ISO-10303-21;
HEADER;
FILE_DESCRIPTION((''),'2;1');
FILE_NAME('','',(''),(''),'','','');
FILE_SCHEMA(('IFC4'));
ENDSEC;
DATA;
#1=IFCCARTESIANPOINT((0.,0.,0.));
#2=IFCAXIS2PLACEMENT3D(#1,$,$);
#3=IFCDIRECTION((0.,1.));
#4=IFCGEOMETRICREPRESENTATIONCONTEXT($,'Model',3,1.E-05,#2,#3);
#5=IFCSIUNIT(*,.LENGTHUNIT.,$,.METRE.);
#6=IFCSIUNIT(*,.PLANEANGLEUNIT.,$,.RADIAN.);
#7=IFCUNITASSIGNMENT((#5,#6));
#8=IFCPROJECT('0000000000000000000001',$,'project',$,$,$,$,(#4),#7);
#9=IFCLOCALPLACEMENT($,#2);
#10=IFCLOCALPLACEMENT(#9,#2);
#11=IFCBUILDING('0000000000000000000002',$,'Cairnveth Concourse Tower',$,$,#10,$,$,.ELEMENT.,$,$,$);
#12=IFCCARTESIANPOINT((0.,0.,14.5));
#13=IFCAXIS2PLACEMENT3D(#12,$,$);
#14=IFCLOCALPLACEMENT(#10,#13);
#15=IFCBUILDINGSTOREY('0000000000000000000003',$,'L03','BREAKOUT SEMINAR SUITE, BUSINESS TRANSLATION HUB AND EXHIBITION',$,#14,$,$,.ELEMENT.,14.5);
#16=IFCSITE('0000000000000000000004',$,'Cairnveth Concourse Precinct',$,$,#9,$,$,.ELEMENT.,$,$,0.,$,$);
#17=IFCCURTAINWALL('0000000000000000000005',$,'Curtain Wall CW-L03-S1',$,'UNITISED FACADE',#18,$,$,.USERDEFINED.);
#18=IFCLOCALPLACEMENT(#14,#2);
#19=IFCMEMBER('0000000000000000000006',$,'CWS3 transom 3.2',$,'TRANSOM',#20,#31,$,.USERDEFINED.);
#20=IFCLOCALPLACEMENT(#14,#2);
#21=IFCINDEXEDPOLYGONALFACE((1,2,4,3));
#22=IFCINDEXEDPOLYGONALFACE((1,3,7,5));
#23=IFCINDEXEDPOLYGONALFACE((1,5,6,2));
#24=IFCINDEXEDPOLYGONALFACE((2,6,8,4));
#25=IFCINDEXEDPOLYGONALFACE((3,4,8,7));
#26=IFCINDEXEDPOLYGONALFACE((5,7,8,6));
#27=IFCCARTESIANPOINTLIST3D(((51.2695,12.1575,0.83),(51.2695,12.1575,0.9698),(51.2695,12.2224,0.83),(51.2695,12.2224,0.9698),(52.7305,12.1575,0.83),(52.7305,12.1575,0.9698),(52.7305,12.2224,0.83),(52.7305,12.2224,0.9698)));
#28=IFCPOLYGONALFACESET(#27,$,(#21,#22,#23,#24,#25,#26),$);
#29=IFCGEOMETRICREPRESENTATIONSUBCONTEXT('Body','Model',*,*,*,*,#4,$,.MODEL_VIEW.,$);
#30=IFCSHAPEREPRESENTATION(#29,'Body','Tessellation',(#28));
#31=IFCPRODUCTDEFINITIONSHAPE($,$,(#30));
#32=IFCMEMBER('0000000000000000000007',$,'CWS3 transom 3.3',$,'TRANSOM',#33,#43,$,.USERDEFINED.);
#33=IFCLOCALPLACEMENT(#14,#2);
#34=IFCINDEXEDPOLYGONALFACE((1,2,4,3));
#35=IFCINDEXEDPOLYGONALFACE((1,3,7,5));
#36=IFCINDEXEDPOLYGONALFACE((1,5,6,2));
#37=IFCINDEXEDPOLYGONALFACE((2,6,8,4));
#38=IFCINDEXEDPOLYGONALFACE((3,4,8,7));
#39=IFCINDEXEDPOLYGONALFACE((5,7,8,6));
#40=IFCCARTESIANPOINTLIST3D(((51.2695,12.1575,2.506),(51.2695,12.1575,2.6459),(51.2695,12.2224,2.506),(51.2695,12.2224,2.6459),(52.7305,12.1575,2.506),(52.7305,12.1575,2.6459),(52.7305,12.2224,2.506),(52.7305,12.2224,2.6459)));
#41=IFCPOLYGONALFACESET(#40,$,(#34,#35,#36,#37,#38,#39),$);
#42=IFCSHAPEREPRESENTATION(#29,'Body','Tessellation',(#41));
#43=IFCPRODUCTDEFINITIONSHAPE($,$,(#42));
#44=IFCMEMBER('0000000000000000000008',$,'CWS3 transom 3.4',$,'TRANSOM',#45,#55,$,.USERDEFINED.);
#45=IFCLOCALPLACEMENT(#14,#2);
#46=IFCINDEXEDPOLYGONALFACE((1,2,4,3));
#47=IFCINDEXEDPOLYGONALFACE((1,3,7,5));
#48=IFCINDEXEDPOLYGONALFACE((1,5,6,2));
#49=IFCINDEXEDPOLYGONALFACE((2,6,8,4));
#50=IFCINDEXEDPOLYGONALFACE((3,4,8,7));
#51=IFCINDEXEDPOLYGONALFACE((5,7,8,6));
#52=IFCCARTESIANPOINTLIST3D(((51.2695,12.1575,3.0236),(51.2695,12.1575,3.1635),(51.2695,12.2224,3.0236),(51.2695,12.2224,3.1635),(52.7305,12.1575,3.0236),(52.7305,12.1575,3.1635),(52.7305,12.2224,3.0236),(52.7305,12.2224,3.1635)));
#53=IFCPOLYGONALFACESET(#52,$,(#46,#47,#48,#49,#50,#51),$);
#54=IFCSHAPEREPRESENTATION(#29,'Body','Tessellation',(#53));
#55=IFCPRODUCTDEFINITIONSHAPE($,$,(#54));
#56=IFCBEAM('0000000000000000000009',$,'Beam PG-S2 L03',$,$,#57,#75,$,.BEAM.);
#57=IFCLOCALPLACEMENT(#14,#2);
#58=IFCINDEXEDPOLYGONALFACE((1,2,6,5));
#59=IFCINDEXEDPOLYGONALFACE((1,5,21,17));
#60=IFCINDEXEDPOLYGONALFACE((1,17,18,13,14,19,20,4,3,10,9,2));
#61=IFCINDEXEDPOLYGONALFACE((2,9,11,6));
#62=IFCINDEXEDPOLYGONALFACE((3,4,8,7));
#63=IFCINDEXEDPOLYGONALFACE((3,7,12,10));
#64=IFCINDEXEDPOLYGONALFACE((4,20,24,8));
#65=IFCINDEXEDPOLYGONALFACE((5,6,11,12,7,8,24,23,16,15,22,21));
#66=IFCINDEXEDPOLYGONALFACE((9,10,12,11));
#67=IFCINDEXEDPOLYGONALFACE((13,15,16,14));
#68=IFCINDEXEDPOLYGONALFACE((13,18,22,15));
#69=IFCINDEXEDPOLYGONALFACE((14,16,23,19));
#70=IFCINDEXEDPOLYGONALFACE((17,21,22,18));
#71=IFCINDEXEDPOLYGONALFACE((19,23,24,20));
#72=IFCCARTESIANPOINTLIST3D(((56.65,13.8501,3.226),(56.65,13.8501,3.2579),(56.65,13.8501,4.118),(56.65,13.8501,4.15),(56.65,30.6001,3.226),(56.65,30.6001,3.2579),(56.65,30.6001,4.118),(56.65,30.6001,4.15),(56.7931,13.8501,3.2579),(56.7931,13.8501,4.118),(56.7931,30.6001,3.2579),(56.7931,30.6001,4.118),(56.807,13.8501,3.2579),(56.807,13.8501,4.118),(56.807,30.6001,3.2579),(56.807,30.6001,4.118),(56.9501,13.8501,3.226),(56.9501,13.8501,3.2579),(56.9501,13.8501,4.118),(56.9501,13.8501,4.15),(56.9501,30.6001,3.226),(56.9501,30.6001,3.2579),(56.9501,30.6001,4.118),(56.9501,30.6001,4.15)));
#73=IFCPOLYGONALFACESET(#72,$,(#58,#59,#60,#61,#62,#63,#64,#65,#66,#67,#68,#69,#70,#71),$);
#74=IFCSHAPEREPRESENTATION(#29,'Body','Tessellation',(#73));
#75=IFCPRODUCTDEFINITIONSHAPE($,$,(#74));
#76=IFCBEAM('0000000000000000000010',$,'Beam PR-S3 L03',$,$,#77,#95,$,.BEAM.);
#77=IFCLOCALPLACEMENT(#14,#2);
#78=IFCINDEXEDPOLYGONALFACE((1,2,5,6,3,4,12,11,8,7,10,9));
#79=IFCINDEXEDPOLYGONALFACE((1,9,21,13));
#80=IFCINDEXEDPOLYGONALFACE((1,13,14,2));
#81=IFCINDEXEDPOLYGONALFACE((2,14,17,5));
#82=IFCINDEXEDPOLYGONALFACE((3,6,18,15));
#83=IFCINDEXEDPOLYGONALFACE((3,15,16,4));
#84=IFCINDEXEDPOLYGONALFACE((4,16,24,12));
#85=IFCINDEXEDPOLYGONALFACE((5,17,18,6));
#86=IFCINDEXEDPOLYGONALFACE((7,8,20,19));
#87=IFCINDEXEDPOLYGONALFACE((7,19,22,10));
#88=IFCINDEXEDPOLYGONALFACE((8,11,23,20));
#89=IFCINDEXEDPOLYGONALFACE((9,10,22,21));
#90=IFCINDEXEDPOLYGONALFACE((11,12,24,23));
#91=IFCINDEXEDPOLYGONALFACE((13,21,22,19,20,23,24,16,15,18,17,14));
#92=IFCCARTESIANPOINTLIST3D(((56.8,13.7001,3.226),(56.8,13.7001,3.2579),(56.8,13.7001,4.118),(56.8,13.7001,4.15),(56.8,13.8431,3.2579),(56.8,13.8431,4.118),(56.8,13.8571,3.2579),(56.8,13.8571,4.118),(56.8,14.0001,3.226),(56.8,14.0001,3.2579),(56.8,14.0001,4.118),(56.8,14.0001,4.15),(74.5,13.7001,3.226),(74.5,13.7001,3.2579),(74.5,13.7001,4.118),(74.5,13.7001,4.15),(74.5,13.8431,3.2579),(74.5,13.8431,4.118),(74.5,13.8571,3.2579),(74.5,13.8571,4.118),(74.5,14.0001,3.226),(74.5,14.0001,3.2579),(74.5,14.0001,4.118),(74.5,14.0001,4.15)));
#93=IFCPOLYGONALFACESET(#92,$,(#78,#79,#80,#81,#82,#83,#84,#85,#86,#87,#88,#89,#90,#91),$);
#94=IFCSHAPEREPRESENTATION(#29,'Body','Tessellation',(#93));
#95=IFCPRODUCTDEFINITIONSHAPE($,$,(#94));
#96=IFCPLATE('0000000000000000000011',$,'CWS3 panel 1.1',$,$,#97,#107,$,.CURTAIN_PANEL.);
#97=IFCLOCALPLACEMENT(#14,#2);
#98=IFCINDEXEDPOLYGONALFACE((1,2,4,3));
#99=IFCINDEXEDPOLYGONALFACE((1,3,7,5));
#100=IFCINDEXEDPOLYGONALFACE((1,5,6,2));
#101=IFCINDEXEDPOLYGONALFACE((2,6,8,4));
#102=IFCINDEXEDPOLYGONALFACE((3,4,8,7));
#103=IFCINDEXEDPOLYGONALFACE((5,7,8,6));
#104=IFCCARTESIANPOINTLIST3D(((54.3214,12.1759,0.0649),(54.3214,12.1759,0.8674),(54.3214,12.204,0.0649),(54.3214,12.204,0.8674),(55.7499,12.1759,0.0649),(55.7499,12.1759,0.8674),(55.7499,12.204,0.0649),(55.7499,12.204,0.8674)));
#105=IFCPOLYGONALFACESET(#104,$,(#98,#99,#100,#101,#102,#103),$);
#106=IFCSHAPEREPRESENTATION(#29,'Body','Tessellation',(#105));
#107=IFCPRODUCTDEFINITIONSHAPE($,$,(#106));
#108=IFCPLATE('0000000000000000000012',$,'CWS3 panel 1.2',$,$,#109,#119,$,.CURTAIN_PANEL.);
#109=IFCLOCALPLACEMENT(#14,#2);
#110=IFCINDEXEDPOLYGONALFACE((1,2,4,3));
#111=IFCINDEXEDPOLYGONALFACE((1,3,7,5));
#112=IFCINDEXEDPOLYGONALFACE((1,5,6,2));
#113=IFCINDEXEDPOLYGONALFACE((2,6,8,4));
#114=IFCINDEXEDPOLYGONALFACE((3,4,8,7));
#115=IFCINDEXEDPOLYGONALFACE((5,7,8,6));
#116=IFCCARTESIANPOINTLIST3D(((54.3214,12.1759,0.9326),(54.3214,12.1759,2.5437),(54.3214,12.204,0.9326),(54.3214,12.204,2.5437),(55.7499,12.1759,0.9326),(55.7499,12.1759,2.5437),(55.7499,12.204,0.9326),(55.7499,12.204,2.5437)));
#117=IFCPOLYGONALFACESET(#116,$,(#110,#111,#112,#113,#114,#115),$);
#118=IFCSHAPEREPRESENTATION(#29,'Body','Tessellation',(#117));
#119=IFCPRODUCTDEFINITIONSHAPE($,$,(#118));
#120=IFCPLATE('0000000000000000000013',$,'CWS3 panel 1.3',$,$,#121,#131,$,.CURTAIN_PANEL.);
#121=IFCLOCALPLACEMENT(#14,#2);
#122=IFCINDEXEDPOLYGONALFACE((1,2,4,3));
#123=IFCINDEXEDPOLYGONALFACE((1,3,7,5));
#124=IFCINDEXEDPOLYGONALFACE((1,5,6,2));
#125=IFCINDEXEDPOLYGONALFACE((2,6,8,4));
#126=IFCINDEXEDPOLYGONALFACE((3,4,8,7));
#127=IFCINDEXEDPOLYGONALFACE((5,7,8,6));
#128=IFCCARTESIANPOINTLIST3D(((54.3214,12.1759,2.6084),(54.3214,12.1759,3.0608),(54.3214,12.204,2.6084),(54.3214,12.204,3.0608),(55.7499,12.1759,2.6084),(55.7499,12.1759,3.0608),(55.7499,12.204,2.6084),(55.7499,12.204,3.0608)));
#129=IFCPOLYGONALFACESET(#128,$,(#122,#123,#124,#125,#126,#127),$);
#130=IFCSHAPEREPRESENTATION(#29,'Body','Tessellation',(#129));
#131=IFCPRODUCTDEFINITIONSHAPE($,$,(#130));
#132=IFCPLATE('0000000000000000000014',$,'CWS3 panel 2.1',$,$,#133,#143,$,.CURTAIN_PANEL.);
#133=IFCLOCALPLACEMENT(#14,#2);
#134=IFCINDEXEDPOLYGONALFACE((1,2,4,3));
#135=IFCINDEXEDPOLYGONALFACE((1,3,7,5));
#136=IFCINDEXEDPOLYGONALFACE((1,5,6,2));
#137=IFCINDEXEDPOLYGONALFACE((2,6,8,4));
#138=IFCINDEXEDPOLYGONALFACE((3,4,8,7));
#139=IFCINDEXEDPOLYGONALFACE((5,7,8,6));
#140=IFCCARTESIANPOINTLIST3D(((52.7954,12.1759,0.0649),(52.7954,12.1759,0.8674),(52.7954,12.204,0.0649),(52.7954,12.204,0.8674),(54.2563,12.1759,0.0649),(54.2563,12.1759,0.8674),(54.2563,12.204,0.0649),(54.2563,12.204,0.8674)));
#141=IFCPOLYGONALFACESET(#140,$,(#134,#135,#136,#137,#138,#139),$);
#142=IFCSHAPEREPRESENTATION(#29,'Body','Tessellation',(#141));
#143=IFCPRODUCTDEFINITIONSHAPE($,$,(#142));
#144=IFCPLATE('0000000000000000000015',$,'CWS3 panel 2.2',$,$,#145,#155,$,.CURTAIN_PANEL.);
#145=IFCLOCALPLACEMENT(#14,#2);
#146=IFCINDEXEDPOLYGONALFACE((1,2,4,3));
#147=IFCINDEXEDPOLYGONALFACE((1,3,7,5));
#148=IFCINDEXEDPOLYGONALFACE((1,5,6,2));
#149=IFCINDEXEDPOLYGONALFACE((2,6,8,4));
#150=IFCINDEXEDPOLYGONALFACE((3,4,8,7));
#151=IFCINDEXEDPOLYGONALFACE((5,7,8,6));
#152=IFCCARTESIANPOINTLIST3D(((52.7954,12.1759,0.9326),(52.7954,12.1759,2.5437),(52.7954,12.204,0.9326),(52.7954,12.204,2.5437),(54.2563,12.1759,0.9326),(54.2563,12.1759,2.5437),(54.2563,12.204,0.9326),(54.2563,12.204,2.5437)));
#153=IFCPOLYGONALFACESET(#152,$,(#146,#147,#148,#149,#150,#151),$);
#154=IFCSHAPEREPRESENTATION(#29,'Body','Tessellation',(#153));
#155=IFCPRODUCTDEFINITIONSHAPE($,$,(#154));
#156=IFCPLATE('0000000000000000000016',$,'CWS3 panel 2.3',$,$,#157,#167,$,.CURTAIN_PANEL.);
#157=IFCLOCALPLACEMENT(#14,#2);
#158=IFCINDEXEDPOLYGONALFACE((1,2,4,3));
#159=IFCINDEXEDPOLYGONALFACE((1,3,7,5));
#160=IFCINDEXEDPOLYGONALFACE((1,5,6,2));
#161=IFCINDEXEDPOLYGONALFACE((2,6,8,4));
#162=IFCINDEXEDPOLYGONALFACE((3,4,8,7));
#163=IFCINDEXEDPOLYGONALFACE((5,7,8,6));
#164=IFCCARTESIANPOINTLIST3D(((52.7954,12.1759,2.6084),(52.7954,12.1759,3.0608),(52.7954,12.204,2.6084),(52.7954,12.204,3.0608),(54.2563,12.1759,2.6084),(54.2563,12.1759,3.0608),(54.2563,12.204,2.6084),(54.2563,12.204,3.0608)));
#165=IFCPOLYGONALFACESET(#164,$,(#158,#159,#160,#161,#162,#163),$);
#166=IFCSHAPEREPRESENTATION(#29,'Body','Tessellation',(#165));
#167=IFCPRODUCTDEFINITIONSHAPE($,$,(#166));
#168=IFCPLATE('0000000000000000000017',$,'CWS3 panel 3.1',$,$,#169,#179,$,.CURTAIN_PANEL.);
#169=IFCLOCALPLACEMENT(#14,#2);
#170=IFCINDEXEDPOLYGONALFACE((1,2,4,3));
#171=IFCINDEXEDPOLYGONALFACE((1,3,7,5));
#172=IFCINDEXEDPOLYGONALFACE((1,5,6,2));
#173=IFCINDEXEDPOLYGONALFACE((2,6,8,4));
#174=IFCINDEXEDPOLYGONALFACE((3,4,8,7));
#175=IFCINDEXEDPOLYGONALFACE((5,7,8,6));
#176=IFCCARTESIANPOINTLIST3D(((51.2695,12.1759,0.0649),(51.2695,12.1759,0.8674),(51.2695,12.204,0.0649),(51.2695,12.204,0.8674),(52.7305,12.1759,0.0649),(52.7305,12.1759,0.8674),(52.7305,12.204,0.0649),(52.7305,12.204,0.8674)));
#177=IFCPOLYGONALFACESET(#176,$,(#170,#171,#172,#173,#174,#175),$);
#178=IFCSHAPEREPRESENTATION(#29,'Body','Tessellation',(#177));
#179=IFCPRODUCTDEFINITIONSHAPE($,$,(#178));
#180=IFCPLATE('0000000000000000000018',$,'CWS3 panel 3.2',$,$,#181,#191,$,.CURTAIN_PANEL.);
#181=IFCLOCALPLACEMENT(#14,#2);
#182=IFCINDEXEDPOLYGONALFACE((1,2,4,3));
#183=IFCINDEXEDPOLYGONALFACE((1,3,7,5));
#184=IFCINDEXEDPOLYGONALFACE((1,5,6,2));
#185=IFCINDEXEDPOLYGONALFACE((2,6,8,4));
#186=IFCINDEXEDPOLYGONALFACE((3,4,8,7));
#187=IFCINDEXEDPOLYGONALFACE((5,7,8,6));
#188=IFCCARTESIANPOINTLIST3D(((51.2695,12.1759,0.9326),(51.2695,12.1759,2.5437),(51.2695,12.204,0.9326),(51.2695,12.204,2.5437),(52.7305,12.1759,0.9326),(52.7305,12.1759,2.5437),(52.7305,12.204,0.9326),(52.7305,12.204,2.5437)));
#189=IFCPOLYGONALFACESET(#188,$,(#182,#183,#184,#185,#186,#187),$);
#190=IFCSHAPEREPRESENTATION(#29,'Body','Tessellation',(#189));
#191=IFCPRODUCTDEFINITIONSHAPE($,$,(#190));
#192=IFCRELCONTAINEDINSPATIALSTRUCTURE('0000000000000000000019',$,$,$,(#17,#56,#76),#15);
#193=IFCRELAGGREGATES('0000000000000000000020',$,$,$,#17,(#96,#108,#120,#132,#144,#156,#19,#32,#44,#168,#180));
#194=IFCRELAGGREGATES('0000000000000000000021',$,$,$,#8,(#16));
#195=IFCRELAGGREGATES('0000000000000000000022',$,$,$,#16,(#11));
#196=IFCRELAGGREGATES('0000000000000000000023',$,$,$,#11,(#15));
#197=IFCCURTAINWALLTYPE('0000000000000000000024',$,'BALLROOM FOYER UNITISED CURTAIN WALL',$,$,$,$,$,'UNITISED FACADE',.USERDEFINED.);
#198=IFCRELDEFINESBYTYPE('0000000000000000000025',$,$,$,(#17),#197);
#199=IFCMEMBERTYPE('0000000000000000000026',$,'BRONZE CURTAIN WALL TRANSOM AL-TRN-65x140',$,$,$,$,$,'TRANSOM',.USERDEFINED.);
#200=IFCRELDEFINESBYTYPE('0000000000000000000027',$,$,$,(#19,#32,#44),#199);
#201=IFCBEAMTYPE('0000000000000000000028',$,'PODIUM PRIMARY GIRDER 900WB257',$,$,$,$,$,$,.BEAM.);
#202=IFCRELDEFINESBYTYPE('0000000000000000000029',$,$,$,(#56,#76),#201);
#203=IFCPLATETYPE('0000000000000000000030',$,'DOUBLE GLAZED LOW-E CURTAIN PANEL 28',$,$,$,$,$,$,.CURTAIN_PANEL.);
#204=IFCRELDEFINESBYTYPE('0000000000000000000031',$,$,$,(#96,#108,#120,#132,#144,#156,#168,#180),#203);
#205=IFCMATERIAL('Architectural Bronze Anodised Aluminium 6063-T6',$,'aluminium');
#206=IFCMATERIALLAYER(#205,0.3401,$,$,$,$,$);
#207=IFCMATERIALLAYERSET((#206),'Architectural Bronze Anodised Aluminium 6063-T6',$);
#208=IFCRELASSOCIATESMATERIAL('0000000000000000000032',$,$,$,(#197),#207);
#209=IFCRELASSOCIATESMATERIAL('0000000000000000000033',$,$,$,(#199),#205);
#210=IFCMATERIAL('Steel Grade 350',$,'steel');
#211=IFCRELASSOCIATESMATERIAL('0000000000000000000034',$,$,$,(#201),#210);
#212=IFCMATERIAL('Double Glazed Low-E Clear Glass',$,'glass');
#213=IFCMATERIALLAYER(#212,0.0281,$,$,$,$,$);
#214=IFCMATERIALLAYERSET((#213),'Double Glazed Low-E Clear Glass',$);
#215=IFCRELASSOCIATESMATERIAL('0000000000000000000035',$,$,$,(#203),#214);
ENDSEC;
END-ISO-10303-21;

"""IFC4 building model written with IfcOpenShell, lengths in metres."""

from ifc_helpers import new_model, si_unit, direction, frame, origin, origin_2d, place, context, subcontext, project, spatial, rectangle, i_section, extrude, material, layer, layer_set, material_profile, profile_set, type_object, element, aggregate, save


model = new_model("IFC4")

# Units and contexts
model_context = context("Model", 3, precision=1e-05, world=origin(), true_north=direction((0.0, 1.0)))
body_context = subcontext(model_context, "Body", "Model", "MODEL_VIEW")
ifc_project = project(units=[si_unit("LENGTHUNIT", "METRE"), si_unit("PLANEANGLEUNIT", "RADIAN")], contexts=[model_context])

# Site, building, storey
site_placement = place(None, origin())
site = spatial("IfcSite", under=ifc_project, at=site_placement, Name="Cairnveth Concourse Precinct", CompositionType="ELEMENT", RefElevation=0.0)
building_placement = place(site_placement, origin())
building = spatial("IfcBuilding", under=site, at=building_placement, Name="Cairnveth Concourse Tower", CompositionType="ELEMENT")
storey_placement = place(building_placement, frame((0.0, 0.0, 14.5)))
storey = spatial("IfcBuildingStorey", under=building, at=storey_placement, Name="L03", Description="BREAKOUT SEMINAR SUITE, BUSINESS TRANSLATION HUB AND EXHIBITION", CompositionType="ELEMENT", Elevation=14.5)

# Curtain wall, members
ifc_material_1 = material(Name="Architectural Bronze Anodised Aluminium 6063-T6", Category="aluminium")
ifc_layer_1 = layer(ifc_material_1, 0.3401)
ifc_layer_set_1 = layer_set([ifc_layer_1], Name="Architectural Bronze Anodised Aluminium 6063-T6")
curtain_wall_type = type_object("IfcCurtainWallType", Name="BALLROOM FOYER UNITISED CURTAIN WALL", ElementType="UNITISED FACADE", PredefinedType="USERDEFINED", material=ifc_layer_set_1)
curtain_wall_placement = place(storey_placement, origin())
curtain_wall = element("IfcCurtainWall", 1, at=curtain_wall_placement, inside=storey, type_object=curtain_wall_type, Name="Curtain Wall CW-L03-S1", ObjectType="UNITISED FACADE", PredefinedType="USERDEFINED")
ifc_material_profile_1 = material_profile(ifc_material_1, rectangle(XDim=0.0649, YDim=0.1399, at=origin_2d()), Name="AL-TRN-65x140")
ifc_profile_set_1 = profile_set([ifc_material_profile_1], Name="Architectural Bronze Anodised Aluminium 6063-T6")
member_type_1 = type_object("IfcMemberType", Name="BRONZE CURTAIN WALL TRANSOM AL-TRN-65x140", ElementType="TRANSOM", PredefinedType="USERDEFINED", material=ifc_profile_set_1)
member_1_placement = place(storey_placement, frame((52.7305, 12.1899, 0.8999), z_axis=(-1.0, 0.0, 0.0), x_axis=(0.0, -1.0, 0.0)))
member_1 = element("IfcMember", 2, at=member_1_placement, type_object=member_type_1, Name="CWS3 transom 3.2", ObjectType="TRANSOM", PredefinedType="USERDEFINED", context=body_context, shape_type="SweptSolid", body=[
    extrude(rectangle(XDim=0.0649, YDim=0.1399, at=origin_2d()), origin(), (0.0, 0.0, 1.0), 1.4609),
])
member_2_placement = place(storey_placement, frame((52.7305, 12.1899, 2.5759), z_axis=(-1.0, 0.0, 0.0), x_axis=(0.0, -1.0, 0.0)))
member_2 = element("IfcMember", 3, at=member_2_placement, type_object=member_type_1, Name="CWS3 transom 3.3", ObjectType="TRANSOM", PredefinedType="USERDEFINED", context=body_context, shape_type="SweptSolid", body=[
    extrude(rectangle(XDim=0.0649, YDim=0.1399, at=origin_2d()), origin(), (0.0, 0.0, 1.0), 1.4609),
])
member_3_placement = place(storey_placement, frame((52.7305, 12.1899, 3.0935), z_axis=(-1.0, 0.0, 0.0), x_axis=(0.0, -1.0, 0.0)))
member_3 = element("IfcMember", 4, at=member_3_placement, type_object=member_type_1, Name="CWS3 transom 3.4", ObjectType="TRANSOM", PredefinedType="USERDEFINED", context=body_context, shape_type="SweptSolid", body=[
    extrude(rectangle(XDim=0.0649, YDim=0.1399, at=origin_2d()), origin(), (0.0, 0.0, 1.0), 1.4609),
])

# Beams
ifc_material_2 = material(Name="Steel Grade 350", Category="steel")
ifc_material_profile_2 = material_profile(ifc_material_2, i_section(OverallWidth=0.3, OverallDepth=0.9241, WebThickness=0.0139, FlangeThickness=0.032, at=origin_2d()), Name="900WB257")
ifc_profile_set_2 = profile_set([ifc_material_profile_2], Name="Steel Grade 350")
beam_type = type_object("IfcBeamType", Name="PODIUM PRIMARY GIRDER 900WB257", PredefinedType="BEAM", material=ifc_profile_set_2)
beam_1_placement = place(storey_placement, frame((56.8, 13.8501, 3.688), z_axis=(0.0, 1.0, 0.0), x_axis=(-1.0, 0.0, 0.0)))
element("IfcBeam", 5, at=beam_1_placement, inside=storey, type_object=beam_type, Name="Beam PG-S2 L03", PredefinedType="BEAM", context=body_context, shape_type="SweptSolid", body=[
    extrude(i_section(OverallWidth=0.3, OverallDepth=0.9241, WebThickness=0.0139, FlangeThickness=0.032, at=origin_2d()), origin(), (0.0, 0.0, 1.0), 16.75),
])
beam_2_placement = place(storey_placement, frame((56.8, 13.8501, 3.688), z_axis=(1.0, 0.0, 0.0), x_axis=(0.0, 1.0, 0.0)))
element("IfcBeam", 6, at=beam_2_placement, inside=storey, type_object=beam_type, Name="Beam PR-S3 L03", PredefinedType="BEAM", context=body_context, shape_type="SweptSolid", body=[
    extrude(i_section(OverallWidth=0.3, OverallDepth=0.9241, WebThickness=0.0139, FlangeThickness=0.032, at=origin_2d()), origin(), (0.0, 0.0, 1.0), 17.7),
])

# Plates
ifc_material_3 = material(Name="Double Glazed Low-E Clear Glass", Category="glass")
ifc_layer_2 = layer(ifc_material_3, 0.0281)
ifc_layer_set_2 = layer_set([ifc_layer_2], Name="Double Glazed Low-E Clear Glass")
plate_type = type_object("IfcPlateType", Name="DOUBLE GLAZED LOW-E CURTAIN PANEL 28", PredefinedType="CURTAIN_PANEL", material=ifc_layer_set_2)
plate_1_placement = place(storey_placement, frame((55.0356, 12.1899, 0.0649), z_axis=(0.0, 0.0, 1.0), x_axis=(-1.0, 0.0, 0.0)))
plate_1 = element("IfcPlate", 7, at=plate_1_placement, type_object=plate_type, Name="CWS3 panel 1.1", PredefinedType="CURTAIN_PANEL", context=body_context, shape_type="SweptSolid", body=[
    extrude(rectangle(XDim=1.4285, YDim=0.0281, at=origin_2d()), origin(), (0.0, 0.0, 1.0), 0.8025),
])
plate_2_placement = place(storey_placement, frame((55.0356, 12.1899, 0.9326), z_axis=(0.0, 0.0, 1.0), x_axis=(-1.0, 0.0, 0.0)))
plate_2 = element("IfcPlate", 8, at=plate_2_placement, type_object=plate_type, Name="CWS3 panel 1.2", PredefinedType="CURTAIN_PANEL", context=body_context, shape_type="SweptSolid", body=[
    extrude(rectangle(XDim=1.4285, YDim=0.0281, at=origin_2d()), origin(), (0.0, 0.0, 1.0), 1.6111),
])
plate_3_placement = place(storey_placement, frame((55.0356, 12.1899, 2.6084), z_axis=(0.0, 0.0, 1.0), x_axis=(-1.0, 0.0, 0.0)))
plate_3 = element("IfcPlate", 9, at=plate_3_placement, type_object=plate_type, Name="CWS3 panel 1.3", PredefinedType="CURTAIN_PANEL", context=body_context, shape_type="SweptSolid", body=[
    extrude(rectangle(XDim=1.4285, YDim=0.0281, at=origin_2d()), origin(), (0.0, 0.0, 1.0), 0.4524),
])
plate_4_placement = place(storey_placement, frame((53.5259, 12.1899, 0.0649), z_axis=(0.0, 0.0, 1.0), x_axis=(-1.0, 0.0, 0.0)))
plate_4 = element("IfcPlate", 10, at=plate_4_placement, type_object=plate_type, Name="CWS3 panel 2.1", PredefinedType="CURTAIN_PANEL", context=body_context, shape_type="SweptSolid", body=[
    extrude(rectangle(XDim=1.4609, YDim=0.0281, at=origin_2d()), origin(), (0.0, 0.0, 1.0), 0.8025),
])
plate_5_placement = place(storey_placement, frame((53.5259, 12.1899, 0.9326), z_axis=(0.0, 0.0, 1.0), x_axis=(-1.0, 0.0, 0.0)))
plate_5 = element("IfcPlate", 11, at=plate_5_placement, type_object=plate_type, Name="CWS3 panel 2.2", PredefinedType="CURTAIN_PANEL", context=body_context, shape_type="SweptSolid", body=[
    extrude(rectangle(XDim=1.4609, YDim=0.0281, at=origin_2d()), origin(), (0.0, 0.0, 1.0), 1.6111),
])
plate_6_placement = place(storey_placement, frame((53.5259, 12.1899, 2.6084), z_axis=(0.0, 0.0, 1.0), x_axis=(-1.0, 0.0, 0.0)))
plate_6 = element("IfcPlate", 12, at=plate_6_placement, type_object=plate_type, Name="CWS3 panel 2.3", PredefinedType="CURTAIN_PANEL", context=body_context, shape_type="SweptSolid", body=[
    extrude(rectangle(XDim=1.4609, YDim=0.0281, at=origin_2d()), origin(), (0.0, 0.0, 1.0), 0.4524),
])
plate_7_placement = place(storey_placement, frame((52.0, 12.1899, 0.0649), z_axis=(0.0, 0.0, 1.0), x_axis=(-1.0, 0.0, 0.0)))
plate_7 = element("IfcPlate", 13, at=plate_7_placement, type_object=plate_type, Name="CWS3 panel 3.1", PredefinedType="CURTAIN_PANEL", context=body_context, shape_type="SweptSolid", body=[
    extrude(rectangle(XDim=1.4609, YDim=0.0281, at=origin_2d()), origin(), (0.0, 0.0, 1.0), 0.8025),
])
plate_8_placement = place(storey_placement, frame((52.0, 12.1899, 0.9326), z_axis=(0.0, 0.0, 1.0), x_axis=(-1.0, 0.0, 0.0)))
plate_8 = element("IfcPlate", 14, at=plate_8_placement, type_object=plate_type, Name="CWS3 panel 3.2", PredefinedType="CURTAIN_PANEL", context=body_context, shape_type="SweptSolid", body=[
    extrude(rectangle(XDim=1.4609, YDim=0.0281, at=origin_2d()), origin(), (0.0, 0.0, 1.0), 1.6111),
])
aggregate(curtain_wall, [plate_1, plate_2, plate_3, plate_4, plate_5, plate_6, member_1, member_2, member_3, plate_7, plate_8])

save(model, "model.ifc")
